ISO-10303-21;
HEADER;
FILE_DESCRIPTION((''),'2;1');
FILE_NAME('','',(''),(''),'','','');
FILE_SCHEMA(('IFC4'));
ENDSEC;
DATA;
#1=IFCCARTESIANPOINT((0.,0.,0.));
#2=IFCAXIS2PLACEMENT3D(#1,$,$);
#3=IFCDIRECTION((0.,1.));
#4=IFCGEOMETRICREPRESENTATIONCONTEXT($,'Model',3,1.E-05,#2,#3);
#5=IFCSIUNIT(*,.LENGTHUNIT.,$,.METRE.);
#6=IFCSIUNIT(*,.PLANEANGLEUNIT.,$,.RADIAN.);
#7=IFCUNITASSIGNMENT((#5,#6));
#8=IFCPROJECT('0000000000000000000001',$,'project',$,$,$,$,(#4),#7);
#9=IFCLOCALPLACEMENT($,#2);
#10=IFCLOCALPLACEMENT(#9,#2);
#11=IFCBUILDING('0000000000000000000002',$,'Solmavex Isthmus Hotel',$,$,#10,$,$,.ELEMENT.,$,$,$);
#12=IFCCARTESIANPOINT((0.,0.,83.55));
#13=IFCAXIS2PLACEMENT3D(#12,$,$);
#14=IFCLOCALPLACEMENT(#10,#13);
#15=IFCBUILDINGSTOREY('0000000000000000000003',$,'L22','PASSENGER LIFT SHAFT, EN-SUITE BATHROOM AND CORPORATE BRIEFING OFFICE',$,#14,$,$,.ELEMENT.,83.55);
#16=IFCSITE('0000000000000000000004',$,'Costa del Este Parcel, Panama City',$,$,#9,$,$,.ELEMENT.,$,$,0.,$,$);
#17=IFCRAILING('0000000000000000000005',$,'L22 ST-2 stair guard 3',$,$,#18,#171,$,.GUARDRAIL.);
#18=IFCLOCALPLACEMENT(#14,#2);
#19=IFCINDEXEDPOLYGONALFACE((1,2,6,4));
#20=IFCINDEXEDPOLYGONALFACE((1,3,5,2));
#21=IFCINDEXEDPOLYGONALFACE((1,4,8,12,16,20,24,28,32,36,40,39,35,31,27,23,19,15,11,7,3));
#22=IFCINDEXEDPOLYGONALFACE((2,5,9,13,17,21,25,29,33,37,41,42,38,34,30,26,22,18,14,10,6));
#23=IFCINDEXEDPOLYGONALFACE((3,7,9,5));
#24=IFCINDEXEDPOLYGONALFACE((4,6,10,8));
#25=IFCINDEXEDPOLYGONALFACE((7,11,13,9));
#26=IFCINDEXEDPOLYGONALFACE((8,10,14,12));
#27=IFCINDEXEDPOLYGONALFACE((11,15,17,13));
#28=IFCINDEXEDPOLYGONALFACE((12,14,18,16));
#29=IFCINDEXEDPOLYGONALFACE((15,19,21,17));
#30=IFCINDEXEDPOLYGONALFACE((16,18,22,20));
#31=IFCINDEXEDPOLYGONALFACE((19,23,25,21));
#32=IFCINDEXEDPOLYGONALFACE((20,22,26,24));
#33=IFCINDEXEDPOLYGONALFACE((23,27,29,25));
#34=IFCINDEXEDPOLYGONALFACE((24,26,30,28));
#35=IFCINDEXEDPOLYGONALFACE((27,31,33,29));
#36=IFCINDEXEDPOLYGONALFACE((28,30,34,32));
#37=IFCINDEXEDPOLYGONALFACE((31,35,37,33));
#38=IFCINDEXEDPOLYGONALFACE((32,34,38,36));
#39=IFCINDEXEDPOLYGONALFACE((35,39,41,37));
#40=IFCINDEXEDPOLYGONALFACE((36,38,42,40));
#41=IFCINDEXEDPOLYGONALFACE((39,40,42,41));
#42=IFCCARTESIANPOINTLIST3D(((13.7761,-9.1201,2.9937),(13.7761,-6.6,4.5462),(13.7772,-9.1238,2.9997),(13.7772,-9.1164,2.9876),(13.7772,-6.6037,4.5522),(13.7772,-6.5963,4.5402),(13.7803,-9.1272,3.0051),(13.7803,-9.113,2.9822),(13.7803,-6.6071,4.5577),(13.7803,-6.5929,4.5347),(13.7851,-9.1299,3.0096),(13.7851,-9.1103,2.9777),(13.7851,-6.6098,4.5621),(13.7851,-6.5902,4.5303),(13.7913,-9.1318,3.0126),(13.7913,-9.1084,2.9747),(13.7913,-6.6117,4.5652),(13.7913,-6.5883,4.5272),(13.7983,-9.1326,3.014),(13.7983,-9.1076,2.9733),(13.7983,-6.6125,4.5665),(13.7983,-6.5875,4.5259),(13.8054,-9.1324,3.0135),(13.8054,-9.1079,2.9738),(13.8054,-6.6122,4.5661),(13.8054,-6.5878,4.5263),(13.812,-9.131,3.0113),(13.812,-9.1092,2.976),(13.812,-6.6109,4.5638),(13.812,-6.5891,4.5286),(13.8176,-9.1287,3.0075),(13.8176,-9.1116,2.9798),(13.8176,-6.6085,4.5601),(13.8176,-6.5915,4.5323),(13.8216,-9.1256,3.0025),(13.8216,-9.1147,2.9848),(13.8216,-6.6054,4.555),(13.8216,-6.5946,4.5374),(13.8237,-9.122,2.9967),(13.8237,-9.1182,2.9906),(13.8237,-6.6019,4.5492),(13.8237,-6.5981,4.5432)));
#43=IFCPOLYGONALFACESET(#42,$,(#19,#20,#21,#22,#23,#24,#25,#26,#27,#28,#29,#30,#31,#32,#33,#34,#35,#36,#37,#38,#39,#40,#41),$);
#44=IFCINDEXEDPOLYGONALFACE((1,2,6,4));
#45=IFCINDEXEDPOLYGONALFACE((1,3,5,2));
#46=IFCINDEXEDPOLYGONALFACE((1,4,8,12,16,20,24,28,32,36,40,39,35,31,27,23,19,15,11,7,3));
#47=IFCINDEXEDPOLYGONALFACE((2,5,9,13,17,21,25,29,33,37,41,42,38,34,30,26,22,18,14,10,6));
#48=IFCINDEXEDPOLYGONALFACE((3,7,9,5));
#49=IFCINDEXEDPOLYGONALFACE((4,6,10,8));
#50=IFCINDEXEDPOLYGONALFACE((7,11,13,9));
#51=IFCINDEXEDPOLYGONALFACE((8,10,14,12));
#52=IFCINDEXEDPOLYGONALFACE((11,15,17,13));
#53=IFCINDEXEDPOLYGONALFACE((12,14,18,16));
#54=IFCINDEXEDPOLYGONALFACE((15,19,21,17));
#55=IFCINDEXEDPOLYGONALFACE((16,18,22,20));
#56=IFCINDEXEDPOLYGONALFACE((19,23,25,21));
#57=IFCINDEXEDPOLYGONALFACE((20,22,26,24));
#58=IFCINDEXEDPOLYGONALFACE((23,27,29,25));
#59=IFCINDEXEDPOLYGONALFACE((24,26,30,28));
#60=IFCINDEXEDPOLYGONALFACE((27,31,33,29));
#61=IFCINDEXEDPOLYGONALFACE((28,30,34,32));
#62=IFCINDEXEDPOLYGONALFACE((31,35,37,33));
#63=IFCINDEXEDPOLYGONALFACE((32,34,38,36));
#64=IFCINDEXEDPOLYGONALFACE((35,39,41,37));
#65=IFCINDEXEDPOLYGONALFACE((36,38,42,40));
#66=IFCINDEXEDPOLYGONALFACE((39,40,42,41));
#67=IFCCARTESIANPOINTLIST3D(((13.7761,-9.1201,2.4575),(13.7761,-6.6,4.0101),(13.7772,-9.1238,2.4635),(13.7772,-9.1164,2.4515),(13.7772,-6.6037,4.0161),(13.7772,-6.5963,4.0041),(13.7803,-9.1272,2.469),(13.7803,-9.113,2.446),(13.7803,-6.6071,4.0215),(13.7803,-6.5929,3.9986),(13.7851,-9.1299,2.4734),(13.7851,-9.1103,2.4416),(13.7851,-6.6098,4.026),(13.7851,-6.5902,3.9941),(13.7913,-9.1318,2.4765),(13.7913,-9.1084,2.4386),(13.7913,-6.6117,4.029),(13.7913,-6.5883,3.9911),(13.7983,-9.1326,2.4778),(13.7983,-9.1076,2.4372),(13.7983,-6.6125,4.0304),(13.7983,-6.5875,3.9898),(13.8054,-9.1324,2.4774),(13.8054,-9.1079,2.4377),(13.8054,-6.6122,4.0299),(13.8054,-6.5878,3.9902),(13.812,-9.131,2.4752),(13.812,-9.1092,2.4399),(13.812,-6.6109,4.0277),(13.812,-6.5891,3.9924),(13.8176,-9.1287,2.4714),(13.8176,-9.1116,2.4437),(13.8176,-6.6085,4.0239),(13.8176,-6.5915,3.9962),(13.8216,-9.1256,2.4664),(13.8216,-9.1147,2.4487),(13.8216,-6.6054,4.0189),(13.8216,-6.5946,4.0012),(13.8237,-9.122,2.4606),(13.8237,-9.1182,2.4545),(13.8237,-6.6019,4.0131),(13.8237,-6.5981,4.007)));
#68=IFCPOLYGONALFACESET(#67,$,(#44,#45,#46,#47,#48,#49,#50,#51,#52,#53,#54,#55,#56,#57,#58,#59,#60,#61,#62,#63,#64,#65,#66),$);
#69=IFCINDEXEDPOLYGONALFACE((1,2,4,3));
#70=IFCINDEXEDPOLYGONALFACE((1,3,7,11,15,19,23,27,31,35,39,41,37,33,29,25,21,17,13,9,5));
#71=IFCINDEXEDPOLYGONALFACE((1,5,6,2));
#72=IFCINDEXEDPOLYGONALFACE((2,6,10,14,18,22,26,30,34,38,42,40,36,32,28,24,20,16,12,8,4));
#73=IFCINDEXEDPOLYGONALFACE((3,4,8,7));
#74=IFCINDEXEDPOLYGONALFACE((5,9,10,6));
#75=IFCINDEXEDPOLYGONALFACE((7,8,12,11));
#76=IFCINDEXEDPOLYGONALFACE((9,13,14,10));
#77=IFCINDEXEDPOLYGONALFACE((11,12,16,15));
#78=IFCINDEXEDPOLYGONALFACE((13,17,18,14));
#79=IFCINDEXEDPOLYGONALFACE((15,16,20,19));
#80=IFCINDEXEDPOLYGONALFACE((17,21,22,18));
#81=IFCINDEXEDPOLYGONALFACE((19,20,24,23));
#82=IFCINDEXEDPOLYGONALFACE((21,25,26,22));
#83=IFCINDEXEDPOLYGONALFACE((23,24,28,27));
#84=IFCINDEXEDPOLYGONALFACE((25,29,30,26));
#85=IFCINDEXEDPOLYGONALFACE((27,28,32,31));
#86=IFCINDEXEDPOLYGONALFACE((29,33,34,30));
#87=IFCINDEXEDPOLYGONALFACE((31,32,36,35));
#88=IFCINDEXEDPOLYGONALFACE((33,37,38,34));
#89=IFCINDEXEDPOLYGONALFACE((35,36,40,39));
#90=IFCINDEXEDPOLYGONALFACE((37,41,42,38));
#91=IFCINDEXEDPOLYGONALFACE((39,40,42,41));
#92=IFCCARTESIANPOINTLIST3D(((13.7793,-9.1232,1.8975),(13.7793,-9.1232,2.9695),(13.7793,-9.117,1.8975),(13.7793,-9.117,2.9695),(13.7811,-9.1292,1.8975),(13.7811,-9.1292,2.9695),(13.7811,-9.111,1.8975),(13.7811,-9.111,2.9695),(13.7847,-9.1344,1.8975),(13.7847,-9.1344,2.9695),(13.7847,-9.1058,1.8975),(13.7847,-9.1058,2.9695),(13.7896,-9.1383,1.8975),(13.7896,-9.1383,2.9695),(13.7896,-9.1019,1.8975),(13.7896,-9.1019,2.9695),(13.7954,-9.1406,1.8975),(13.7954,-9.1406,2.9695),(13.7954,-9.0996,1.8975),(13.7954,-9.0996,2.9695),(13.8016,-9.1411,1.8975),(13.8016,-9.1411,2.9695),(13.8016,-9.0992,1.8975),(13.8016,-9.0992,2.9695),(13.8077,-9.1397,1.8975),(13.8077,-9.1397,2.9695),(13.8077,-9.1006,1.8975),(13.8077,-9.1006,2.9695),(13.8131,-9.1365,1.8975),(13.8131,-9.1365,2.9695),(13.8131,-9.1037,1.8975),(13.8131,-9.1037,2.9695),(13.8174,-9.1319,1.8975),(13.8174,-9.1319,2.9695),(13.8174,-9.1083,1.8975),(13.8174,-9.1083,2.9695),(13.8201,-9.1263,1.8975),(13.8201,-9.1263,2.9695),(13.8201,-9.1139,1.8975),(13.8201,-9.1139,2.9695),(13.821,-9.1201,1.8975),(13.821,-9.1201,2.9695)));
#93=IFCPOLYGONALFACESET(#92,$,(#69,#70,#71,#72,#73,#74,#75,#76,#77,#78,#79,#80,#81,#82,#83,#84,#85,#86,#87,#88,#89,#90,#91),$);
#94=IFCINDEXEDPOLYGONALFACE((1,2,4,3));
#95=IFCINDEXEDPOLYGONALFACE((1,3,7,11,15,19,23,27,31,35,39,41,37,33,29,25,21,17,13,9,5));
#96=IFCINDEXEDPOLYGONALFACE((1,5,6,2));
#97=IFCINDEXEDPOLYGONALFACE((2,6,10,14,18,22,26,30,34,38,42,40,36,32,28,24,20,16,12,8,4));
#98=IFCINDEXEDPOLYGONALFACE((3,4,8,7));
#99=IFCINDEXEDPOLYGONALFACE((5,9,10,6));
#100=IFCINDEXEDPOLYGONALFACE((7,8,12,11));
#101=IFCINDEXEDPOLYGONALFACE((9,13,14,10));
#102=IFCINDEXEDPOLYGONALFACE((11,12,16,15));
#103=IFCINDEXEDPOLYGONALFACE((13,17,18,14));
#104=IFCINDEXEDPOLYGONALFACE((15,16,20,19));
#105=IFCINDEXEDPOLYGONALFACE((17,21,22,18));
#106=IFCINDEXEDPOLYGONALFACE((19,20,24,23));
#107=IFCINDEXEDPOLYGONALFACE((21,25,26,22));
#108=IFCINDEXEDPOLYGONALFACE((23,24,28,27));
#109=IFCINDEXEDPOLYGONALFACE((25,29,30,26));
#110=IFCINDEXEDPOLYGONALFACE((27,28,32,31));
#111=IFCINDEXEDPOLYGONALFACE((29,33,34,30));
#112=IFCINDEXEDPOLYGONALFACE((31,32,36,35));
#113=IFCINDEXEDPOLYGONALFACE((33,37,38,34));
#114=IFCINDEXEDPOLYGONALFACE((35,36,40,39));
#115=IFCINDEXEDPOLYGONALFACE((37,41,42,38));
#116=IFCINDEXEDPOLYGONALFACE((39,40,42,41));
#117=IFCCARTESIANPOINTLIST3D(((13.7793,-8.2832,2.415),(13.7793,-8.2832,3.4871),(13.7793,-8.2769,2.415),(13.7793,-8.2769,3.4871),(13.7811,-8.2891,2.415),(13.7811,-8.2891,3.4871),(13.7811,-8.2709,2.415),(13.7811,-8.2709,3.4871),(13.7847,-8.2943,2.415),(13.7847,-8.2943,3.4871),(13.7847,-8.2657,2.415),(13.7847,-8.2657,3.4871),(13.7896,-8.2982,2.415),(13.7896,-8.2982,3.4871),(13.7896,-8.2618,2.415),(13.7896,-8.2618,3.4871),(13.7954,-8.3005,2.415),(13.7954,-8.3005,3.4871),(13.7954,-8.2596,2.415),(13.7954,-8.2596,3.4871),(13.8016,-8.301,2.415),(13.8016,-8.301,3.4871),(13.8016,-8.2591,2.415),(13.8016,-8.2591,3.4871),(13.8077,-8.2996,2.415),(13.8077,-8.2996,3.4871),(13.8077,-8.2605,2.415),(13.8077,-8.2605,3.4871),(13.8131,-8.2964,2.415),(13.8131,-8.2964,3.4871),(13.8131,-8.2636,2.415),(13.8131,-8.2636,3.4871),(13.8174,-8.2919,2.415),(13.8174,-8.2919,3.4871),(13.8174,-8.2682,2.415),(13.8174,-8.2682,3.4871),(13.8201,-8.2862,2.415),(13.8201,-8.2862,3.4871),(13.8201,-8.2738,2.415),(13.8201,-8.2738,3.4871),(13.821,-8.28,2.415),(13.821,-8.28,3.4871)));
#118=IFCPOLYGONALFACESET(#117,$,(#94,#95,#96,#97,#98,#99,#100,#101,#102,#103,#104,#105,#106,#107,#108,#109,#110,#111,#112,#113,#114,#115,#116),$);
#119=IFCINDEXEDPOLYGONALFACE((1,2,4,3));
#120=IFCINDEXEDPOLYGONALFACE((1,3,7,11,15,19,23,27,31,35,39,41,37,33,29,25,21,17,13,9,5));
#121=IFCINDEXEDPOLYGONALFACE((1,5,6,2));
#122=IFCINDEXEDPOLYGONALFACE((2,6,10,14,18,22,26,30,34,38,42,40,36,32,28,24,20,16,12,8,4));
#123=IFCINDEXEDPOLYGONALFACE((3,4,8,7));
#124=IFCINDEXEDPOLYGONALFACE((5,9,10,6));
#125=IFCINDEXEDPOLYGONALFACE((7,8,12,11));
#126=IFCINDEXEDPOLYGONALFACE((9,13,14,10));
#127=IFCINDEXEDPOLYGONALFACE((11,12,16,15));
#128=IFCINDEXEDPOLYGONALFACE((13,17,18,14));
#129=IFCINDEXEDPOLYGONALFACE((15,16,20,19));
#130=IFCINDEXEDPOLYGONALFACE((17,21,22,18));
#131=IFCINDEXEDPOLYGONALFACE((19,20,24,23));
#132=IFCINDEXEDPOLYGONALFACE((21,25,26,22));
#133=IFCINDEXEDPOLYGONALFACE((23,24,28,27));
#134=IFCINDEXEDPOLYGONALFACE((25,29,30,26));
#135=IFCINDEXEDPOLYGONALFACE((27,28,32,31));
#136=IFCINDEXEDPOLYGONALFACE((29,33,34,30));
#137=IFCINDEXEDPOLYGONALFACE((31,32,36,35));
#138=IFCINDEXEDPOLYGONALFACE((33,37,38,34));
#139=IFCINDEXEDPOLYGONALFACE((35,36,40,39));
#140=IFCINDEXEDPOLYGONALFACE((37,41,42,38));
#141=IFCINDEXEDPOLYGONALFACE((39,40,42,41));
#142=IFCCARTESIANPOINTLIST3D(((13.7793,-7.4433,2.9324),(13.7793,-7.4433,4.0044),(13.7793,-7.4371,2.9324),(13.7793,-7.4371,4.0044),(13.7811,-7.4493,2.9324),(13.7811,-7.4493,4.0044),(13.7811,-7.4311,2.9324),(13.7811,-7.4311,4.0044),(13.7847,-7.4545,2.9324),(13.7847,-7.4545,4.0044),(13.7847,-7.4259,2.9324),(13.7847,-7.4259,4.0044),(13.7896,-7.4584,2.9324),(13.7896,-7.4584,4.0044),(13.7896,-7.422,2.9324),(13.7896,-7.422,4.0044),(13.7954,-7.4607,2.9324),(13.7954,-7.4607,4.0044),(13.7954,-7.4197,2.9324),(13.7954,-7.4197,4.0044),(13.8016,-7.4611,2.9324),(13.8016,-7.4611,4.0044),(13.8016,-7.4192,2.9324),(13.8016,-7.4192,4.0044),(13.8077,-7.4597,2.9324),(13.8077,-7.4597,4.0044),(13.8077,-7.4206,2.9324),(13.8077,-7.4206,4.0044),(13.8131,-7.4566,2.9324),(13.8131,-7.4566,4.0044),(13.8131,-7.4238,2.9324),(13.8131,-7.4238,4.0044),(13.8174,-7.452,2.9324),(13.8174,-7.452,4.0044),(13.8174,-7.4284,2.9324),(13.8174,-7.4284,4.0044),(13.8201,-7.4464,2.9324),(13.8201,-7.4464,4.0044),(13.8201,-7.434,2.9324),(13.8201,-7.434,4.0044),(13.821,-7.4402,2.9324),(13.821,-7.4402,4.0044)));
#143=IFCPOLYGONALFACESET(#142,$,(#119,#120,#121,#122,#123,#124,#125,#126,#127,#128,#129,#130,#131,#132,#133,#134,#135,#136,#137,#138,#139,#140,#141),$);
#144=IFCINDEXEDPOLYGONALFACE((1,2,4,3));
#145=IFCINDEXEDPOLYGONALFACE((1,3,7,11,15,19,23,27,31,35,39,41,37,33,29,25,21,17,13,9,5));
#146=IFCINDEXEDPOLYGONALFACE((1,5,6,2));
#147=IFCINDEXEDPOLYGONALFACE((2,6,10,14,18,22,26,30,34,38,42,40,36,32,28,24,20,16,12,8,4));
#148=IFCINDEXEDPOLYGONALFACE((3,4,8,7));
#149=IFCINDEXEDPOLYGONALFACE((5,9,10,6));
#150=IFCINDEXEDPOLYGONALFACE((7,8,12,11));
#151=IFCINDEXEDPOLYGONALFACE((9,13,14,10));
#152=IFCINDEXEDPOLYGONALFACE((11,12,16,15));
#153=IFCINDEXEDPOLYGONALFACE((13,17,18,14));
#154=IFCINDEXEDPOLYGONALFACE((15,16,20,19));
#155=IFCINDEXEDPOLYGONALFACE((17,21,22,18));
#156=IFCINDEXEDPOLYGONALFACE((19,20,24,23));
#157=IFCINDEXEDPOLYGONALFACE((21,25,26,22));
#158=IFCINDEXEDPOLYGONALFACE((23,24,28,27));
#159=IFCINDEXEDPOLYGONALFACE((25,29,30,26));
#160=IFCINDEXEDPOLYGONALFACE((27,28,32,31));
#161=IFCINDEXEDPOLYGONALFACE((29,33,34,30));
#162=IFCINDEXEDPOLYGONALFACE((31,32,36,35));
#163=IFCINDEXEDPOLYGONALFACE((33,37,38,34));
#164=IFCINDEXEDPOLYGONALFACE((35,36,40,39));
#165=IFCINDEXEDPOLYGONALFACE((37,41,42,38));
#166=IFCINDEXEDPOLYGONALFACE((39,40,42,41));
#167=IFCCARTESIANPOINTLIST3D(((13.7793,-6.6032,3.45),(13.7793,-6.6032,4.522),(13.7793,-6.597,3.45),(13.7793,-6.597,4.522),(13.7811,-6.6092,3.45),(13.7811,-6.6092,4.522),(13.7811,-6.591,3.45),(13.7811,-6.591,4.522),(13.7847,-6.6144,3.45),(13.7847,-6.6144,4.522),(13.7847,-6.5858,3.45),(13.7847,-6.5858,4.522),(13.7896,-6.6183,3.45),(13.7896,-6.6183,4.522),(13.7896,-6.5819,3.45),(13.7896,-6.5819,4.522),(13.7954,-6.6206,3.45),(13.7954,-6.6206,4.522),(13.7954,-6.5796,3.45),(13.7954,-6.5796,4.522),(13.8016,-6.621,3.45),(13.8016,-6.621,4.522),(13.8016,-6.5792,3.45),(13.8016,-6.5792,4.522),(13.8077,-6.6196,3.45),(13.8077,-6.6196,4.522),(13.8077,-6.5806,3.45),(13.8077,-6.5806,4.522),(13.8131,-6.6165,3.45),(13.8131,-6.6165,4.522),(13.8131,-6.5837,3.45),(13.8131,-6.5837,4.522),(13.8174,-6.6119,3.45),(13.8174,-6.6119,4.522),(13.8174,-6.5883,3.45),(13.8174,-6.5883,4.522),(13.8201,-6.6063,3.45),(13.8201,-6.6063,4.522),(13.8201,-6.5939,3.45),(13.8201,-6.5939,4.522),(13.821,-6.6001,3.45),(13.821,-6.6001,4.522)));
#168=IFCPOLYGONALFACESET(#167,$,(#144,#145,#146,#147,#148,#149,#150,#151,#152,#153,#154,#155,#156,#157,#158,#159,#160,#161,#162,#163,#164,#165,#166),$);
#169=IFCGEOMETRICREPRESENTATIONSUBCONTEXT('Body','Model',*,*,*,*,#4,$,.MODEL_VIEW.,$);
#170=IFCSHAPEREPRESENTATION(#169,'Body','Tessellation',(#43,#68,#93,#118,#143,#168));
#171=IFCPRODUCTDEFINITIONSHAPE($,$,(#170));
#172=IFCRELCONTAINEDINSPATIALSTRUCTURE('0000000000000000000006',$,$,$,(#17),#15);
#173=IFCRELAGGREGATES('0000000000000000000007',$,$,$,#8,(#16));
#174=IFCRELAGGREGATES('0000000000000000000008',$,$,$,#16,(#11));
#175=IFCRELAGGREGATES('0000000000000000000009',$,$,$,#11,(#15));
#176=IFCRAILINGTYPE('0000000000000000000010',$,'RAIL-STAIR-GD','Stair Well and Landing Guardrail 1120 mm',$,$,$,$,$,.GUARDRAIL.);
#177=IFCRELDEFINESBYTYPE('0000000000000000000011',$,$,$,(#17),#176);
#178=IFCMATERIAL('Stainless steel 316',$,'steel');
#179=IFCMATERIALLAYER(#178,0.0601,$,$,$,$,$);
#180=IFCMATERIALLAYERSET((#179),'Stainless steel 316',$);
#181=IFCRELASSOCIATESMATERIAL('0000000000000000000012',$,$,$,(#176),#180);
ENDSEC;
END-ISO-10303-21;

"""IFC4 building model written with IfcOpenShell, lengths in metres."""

from ifc_helpers import new_model, si_unit, direction, frame, origin, origin_2d, place, context, subcontext, project, spatial, circle, extrude, material, layer, layer_set, type_object, element, save


model = new_model("IFC4")

# Units and contexts
model_context = context("Model", 3, precision=1e-05, world=origin(), true_north=direction((0.0, 1.0)))
body_context = subcontext(model_context, "Body", "Model", "MODEL_VIEW")
ifc_project = project(units=[si_unit("LENGTHUNIT", "METRE"), si_unit("PLANEANGLEUNIT", "RADIAN")], contexts=[model_context])

# Site, building, storey
site_placement = place(None, origin())
site = spatial("IfcSite", under=ifc_project, at=site_placement, Name="Costa del Este Parcel, Panama City", CompositionType="ELEMENT", RefElevation=0.0)
building_placement = place(site_placement, origin())
building = spatial("IfcBuilding", under=site, at=building_placement, Name="Solmavex Isthmus Hotel", CompositionType="ELEMENT")
storey_placement = place(building_placement, frame((0.0, 0.0, 83.55)))
storey = spatial("IfcBuildingStorey", under=building, at=storey_placement, Name="L22", Description="PASSENGER LIFT SHAFT, EN-SUITE BATHROOM AND CORPORATE BRIEFING OFFICE", CompositionType="ELEMENT", Elevation=83.55)

# Railing
ifc_material_1 = material(Name="Stainless steel 316", Category="steel")
ifc_layer_1 = layer(ifc_material_1, 0.0601)
ifc_layer_set_1 = layer_set([ifc_layer_1], Name="Stainless steel 316")
railing_type_1 = type_object("IfcRailingType", Name="RAIL-STAIR-GD", Description="Stair Well and Landing Guardrail 1120 mm", PredefinedType="GUARDRAIL", material=ifc_layer_set_1)
railing_1_placement = place(storey_placement, frame((13.8, -9.1201, 1.8975)))
element("IfcRailing", 1, at=railing_1_placement, inside=storey, type_object=railing_type_1, Name="L22 ST-2 stair guard 3", PredefinedType="GUARDRAIL", context=body_context, shape_type="SweptSolid", body=[
    extrude(circle(Radius=0.0239, at=origin_2d()), frame((0.0, 0.0, 1.0962), z_axis=(0.0, 0.8514, 0.524516), x_axis=(-1.0, 0.0, 0.0)), (0.0, 0.0, 1.0), 2.96),
    extrude(circle(Radius=0.0239, at=origin_2d()), frame((0.0, 0.0, 0.5601), z_axis=(0.0, 0.8514, 0.524516), x_axis=(-1.0, 0.0, 0.0)), (0.0, 0.0, 1.0), 2.96),
    extrude(circle(Radius=0.021, at=origin_2d()), origin(), (0.0, 0.0, 1.0), 1.072),
    extrude(circle(Radius=0.021, at=origin_2d()), frame((0.0, 0.8401, 0.5176)), (0.0, 0.0, 1.0), 1.072),
    extrude(circle(Radius=0.021, at=origin_2d()), frame((0.0, 1.6799, 1.0349)), (0.0, 0.0, 1.0), 1.072),
    extrude(circle(Radius=0.021, at=origin_2d()), frame((0.0, 2.52, 1.5525)), (0.0, 0.0, 1.0), 1.072),
])

save(model, "model.ifc")
